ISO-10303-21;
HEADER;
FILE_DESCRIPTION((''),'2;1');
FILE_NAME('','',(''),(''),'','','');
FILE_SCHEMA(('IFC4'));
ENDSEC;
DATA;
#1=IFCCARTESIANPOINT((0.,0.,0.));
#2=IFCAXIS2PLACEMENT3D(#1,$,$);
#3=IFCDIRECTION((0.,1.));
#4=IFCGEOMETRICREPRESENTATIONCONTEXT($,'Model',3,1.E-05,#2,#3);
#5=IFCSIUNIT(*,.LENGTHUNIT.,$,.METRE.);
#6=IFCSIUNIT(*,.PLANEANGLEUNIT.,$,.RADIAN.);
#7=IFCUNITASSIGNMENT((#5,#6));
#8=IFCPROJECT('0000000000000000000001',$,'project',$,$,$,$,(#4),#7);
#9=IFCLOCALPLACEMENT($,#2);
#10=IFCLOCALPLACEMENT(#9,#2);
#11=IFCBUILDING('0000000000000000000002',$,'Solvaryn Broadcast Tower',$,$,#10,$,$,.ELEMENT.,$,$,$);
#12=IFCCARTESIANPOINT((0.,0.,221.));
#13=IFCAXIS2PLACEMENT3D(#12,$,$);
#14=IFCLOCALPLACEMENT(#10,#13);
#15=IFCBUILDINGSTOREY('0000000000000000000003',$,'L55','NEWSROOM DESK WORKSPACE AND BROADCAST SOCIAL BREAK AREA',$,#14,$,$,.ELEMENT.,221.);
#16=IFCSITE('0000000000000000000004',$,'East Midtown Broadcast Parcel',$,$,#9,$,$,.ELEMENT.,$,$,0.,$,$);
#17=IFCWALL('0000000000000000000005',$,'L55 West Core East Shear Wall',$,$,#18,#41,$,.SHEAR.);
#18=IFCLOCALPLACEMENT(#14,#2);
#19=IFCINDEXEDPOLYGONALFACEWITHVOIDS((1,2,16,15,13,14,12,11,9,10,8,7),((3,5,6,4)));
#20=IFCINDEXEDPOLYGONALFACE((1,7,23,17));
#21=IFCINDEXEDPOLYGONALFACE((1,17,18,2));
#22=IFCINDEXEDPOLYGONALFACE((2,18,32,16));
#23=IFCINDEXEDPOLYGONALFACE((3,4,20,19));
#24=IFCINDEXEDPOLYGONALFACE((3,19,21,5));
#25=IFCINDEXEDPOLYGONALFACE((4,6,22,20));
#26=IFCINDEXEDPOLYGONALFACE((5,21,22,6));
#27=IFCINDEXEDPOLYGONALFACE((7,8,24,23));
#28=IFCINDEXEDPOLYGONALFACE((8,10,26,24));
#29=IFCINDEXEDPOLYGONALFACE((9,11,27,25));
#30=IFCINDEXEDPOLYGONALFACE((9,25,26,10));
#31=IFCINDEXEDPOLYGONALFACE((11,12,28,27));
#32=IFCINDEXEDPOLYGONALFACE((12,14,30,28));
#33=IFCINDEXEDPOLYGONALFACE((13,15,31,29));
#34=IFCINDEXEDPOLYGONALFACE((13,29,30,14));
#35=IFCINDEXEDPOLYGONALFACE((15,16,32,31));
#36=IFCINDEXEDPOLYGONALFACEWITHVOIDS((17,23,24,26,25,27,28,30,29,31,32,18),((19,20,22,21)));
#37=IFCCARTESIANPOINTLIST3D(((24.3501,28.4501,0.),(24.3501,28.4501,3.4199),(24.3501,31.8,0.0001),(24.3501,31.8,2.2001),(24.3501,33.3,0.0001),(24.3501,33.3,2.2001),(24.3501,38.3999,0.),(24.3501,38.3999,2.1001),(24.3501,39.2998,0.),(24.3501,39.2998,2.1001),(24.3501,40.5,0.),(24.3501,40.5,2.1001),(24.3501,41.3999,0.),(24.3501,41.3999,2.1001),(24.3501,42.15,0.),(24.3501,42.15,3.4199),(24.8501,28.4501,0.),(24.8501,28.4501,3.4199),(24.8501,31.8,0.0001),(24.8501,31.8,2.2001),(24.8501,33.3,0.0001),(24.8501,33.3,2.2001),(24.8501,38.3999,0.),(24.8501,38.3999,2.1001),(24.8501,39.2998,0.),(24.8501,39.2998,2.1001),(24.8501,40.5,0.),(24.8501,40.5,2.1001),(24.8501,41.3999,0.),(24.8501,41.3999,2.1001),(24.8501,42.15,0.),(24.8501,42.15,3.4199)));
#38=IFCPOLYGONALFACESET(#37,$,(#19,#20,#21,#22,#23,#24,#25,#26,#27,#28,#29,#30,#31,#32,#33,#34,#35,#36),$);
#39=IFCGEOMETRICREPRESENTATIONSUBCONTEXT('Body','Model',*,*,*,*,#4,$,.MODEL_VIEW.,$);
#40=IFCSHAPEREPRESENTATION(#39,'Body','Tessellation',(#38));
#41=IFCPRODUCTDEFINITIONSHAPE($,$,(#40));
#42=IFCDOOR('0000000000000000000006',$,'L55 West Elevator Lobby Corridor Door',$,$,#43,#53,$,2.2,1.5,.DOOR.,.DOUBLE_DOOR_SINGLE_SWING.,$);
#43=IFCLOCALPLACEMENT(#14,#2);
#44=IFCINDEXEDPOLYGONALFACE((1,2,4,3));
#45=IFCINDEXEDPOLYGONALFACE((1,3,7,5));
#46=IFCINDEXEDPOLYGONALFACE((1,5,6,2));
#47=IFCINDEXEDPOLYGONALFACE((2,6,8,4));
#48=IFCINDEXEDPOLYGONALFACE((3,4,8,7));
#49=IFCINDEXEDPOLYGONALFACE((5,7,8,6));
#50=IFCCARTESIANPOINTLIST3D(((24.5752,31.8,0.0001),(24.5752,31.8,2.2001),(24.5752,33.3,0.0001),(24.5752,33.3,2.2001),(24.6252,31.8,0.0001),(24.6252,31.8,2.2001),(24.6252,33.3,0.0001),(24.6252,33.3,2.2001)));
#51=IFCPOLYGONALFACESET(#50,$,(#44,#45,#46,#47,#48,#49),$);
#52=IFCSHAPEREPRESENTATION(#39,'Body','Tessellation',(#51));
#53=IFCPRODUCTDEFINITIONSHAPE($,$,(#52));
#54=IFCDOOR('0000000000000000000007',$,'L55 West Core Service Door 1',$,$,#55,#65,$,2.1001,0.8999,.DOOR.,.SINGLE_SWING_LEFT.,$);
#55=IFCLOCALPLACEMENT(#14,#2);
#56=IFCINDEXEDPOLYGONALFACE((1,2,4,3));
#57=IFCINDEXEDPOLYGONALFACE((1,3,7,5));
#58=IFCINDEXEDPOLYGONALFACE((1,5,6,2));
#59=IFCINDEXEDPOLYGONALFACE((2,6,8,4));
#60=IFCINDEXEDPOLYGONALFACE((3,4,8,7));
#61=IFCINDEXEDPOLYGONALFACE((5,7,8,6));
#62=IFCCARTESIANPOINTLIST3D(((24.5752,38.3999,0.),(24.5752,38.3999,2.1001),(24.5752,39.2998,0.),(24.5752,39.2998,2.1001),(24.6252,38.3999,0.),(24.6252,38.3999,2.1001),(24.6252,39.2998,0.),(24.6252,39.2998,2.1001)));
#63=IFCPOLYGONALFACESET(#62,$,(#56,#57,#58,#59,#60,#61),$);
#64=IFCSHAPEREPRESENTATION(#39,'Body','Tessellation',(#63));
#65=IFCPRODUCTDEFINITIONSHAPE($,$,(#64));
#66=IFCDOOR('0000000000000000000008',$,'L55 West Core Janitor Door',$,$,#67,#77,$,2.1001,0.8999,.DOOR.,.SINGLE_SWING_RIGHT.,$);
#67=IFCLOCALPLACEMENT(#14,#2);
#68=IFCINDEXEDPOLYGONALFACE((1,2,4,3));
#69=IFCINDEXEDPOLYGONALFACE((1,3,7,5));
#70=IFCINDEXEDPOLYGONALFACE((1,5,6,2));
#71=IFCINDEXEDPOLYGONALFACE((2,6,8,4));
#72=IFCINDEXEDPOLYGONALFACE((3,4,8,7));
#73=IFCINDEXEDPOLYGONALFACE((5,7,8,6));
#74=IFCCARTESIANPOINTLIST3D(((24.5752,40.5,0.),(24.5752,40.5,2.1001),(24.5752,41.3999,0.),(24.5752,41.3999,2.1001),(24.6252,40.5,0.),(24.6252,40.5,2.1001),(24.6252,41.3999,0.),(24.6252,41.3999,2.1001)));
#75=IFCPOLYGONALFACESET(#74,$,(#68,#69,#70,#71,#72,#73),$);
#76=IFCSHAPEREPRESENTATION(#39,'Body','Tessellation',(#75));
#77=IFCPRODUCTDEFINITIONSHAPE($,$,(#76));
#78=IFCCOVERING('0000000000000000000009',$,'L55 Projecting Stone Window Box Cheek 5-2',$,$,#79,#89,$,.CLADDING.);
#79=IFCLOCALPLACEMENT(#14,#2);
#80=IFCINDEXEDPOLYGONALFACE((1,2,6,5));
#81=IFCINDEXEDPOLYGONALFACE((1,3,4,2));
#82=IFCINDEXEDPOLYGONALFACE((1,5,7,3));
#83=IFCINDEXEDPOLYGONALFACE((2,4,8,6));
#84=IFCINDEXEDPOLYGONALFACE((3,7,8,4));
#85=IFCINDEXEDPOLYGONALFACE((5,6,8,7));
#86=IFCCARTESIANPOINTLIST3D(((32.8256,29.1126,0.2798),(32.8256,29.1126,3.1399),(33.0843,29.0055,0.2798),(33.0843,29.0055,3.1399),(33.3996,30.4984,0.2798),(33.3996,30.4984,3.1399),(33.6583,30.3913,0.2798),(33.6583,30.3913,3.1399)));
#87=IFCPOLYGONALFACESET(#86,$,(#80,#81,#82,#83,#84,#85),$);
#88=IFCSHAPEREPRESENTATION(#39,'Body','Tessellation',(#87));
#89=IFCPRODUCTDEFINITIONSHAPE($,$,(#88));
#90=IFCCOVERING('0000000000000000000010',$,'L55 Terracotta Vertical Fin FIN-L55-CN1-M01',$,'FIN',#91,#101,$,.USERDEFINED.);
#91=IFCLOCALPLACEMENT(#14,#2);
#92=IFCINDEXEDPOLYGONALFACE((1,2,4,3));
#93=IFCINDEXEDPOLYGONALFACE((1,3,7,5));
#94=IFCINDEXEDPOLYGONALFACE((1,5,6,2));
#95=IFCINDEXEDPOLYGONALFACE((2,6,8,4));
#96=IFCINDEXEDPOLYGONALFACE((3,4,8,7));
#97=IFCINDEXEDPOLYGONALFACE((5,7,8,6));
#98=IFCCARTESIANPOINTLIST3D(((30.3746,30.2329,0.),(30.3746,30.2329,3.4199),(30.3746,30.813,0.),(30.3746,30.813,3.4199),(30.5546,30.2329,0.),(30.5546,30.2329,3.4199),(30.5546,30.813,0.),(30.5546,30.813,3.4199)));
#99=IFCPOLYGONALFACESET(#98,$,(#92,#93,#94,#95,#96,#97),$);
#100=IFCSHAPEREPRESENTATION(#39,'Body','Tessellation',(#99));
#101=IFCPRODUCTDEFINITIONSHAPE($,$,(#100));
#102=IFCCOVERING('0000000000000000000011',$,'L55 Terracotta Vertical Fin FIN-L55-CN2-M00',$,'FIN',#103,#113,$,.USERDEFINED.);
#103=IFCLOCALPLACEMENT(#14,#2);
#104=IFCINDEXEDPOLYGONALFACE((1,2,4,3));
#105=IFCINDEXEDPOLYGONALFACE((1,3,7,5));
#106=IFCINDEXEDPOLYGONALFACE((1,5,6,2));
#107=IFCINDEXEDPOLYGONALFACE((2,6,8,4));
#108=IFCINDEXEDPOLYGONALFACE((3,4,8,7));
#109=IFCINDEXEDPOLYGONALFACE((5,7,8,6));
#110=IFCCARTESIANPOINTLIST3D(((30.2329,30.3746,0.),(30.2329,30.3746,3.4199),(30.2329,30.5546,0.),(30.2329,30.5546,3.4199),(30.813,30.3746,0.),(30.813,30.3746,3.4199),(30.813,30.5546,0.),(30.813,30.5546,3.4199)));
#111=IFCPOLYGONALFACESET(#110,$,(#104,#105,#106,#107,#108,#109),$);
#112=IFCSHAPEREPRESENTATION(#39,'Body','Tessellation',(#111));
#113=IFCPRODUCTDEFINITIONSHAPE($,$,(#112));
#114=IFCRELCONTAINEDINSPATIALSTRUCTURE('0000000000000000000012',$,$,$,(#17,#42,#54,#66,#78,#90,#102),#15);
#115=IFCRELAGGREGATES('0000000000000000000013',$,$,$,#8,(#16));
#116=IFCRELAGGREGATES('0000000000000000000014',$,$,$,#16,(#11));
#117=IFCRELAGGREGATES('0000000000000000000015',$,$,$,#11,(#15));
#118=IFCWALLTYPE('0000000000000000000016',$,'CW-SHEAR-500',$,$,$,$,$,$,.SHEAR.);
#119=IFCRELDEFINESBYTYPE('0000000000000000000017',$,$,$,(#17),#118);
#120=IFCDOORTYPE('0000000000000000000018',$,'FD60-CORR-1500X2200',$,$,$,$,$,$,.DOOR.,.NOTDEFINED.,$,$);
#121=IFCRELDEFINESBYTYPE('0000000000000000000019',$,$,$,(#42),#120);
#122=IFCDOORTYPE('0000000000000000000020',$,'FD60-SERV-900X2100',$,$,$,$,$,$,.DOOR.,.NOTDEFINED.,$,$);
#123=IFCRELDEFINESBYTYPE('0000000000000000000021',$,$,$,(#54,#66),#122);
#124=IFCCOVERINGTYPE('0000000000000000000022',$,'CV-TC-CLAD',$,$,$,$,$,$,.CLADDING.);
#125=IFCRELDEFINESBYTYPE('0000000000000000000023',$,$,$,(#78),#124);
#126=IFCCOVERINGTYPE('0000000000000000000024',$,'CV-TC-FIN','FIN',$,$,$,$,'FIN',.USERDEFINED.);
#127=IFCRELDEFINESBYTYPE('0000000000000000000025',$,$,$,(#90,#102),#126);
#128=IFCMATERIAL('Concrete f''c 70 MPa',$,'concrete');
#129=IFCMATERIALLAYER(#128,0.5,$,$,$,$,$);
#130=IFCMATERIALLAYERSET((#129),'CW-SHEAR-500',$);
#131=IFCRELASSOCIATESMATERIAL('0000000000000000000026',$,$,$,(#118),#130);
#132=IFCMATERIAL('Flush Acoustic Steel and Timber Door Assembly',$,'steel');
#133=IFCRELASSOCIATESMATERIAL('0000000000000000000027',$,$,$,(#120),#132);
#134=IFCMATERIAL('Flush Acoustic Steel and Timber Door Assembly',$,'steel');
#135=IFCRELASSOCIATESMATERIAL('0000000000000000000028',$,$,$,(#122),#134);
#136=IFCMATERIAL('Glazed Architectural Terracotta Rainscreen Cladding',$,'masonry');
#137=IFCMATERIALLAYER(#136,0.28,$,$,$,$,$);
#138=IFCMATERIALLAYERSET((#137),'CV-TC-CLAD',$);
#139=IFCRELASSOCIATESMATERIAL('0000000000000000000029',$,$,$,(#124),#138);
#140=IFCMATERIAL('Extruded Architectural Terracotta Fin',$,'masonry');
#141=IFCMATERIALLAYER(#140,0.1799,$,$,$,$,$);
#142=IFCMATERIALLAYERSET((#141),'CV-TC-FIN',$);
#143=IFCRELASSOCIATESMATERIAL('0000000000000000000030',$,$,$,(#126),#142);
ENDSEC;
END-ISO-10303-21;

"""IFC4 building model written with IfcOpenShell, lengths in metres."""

from ifc_helpers import new_model, si_unit, direction, frame, frame_2d, origin, origin_2d, place, context, subcontext, project, spatial, rectangle, extrude, material, layer, layer_set, type_object, element, fill, save


model = new_model("IFC4")

# Units and contexts
model_context = context("Model", 3, precision=1e-05, world=origin(), true_north=direction((0.0, 1.0)))
body_context = subcontext(model_context, "Body", "Model", "MODEL_VIEW")
ifc_project = project(units=[si_unit("LENGTHUNIT", "METRE"), si_unit("PLANEANGLEUNIT", "RADIAN")], contexts=[model_context])

# Site, building, storey
site_placement = place(None, origin())
site = spatial("IfcSite", under=ifc_project, at=site_placement, Name="East Midtown Broadcast Parcel", CompositionType="ELEMENT", RefElevation=0.0)
building_placement = place(site_placement, origin())
building = spatial("IfcBuilding", under=site, at=building_placement, Name="Solvaryn Broadcast Tower", CompositionType="ELEMENT")
storey_placement = place(building_placement, frame((0.0, 0.0, 221.0)))
storey = spatial("IfcBuildingStorey", under=building, at=storey_placement, Name="L55", Description="NEWSROOM DESK WORKSPACE AND BROADCAST SOCIAL BREAK AREA", CompositionType="ELEMENT", Elevation=221.0)

# Wall, openings, doors
ifc_material_1 = material(Name="Concrete f'c 70 MPa", Category="concrete")
ifc_layer_1 = layer(ifc_material_1, 0.5)
ifc_layer_set_1 = layer_set([ifc_layer_1], Name="CW-SHEAR-500")
wall_type_1 = type_object("IfcWallType", Name="CW-SHEAR-500", PredefinedType="SHEAR", material=ifc_layer_set_1)
wall_1_placement = place(storey_placement, frame((24.6001, 28.45, 0.0), z_axis=(0.0, 0.0, 1.0), x_axis=(0.0, 1.0, 0.0)))
wall_1 = element("IfcWall", 1, at=wall_1_placement, inside=storey, type_object=wall_type_1, Name="L55 West Core East Shear Wall", PredefinedType="SHEAR", context=body_context, shape_type="SweptSolid", body=[
    extrude(rectangle(XDim=13.7, YDim=0.5, at=frame_2d((6.8501, 0.0))), origin(), (0.0, 0.0, 1.0), 3.4199),
])
opening_1_placement = place(wall_1_placement, frame((3.3501, 0.0, 0.0)))
opening_1 = element("IfcOpeningElement", 2, at=opening_1_placement, cuts=wall_1, PredefinedType="OPENING", context=body_context, shape_type="SweptSolid", body=[
    extrude(rectangle(XDim=1.5, YDim=2.2, at=frame_2d((0.75, 1.1001))), frame((0.0, 0.26, 0.0), z_axis=(0.0, -1.0, 0.0), x_axis=(1.0, 0.0, 0.0)), (0.0, 0.0, 1.0), 0.52),
])
opening_2_placement = place(wall_1_placement, frame((9.95, 0.0, 0.0)))
opening_2 = element("IfcOpeningElement", 3, at=opening_2_placement, cuts=wall_1, PredefinedType="OPENING", context=body_context, shape_type="SweptSolid", body=[
    extrude(rectangle(XDim=0.8999, YDim=2.1001, at=frame_2d((0.45, 1.05))), frame((0.0, 0.26, 0.0), z_axis=(0.0, -1.0, 0.0), x_axis=(1.0, 0.0, 0.0)), (0.0, 0.0, 1.0), 0.52),
])
opening_3_placement = place(wall_1_placement, frame((12.05, 0.0, 0.0)))
opening_3 = element("IfcOpeningElement", 4, at=opening_3_placement, cuts=wall_1, PredefinedType="OPENING", context=body_context, shape_type="SweptSolid", body=[
    extrude(rectangle(XDim=0.8999, YDim=2.1001, at=frame_2d((0.45, 1.05))), frame((0.0, 0.26, 0.0), z_axis=(0.0, -1.0, 0.0), x_axis=(1.0, 0.0, 0.0)), (0.0, 0.0, 1.0), 0.52),
])
ifc_material_2 = material(Name="Flush Acoustic Steel and Timber Door Assembly", Category="steel")
door_type_1 = type_object("IfcDoorType", Name="FD60-CORR-1500X2200", OperationType="NOTDEFINED", PredefinedType="DOOR", material=ifc_material_2)
door_1_placement = place(opening_1_placement, origin())
door_1 = element("IfcDoor", 5, at=door_1_placement, inside=storey, type_object=door_type_1, Name="L55 West Elevator Lobby Corridor Door", OperationType="DOUBLE_DOOR_SINGLE_SWING", OverallHeight=2.2, OverallWidth=1.5, PredefinedType="DOOR", context=body_context, shape_type="SweptSolid", body=[
    extrude(rectangle(XDim=1.5, YDim=2.2, at=frame_2d((0.75, 1.1001))), frame((0.0, 0.0249, 0.0), z_axis=(0.0, -1.0, 0.0), x_axis=(1.0, 0.0, 0.0)), (0.0, 0.0, 1.0), 0.05),
])
fill(opening_1, door_1)
ifc_material_3 = material(Name="Flush Acoustic Steel and Timber Door Assembly", Category="steel")
door_type_2 = type_object("IfcDoorType", Name="FD60-SERV-900X2100", OperationType="NOTDEFINED", PredefinedType="DOOR", material=ifc_material_3)
door_2_placement = place(opening_2_placement, origin())
door_2 = element("IfcDoor", 6, at=door_2_placement, inside=storey, type_object=door_type_2, Name="L55 West Core Service Door 1", OperationType="SINGLE_SWING_LEFT", OverallHeight=2.1001, OverallWidth=0.8999, PredefinedType="DOOR", context=body_context, shape_type="SweptSolid", body=[
    extrude(rectangle(XDim=0.8999, YDim=2.1001, at=frame_2d((0.45, 1.05))), frame((0.0, 0.0249, 0.0), z_axis=(0.0, -1.0, 0.0), x_axis=(1.0, 0.0, 0.0)), (0.0, 0.0, 1.0), 0.05),
])
fill(opening_2, door_2)
door_3_placement = place(opening_3_placement, origin())
door_3 = element("IfcDoor", 7, at=door_3_placement, inside=storey, type_object=door_type_2, Name="L55 West Core Janitor Door", OperationType="SINGLE_SWING_RIGHT", OverallHeight=2.1001, OverallWidth=0.8999, PredefinedType="DOOR", context=body_context, shape_type="SweptSolid", body=[
    extrude(rectangle(XDim=0.8999, YDim=2.1001, at=frame_2d((0.45, 1.05))), frame((0.0, 0.0249, 0.0), z_axis=(0.0, -1.0, 0.0), x_axis=(1.0, 0.0, 0.0)), (0.0, 0.0, 1.0), 0.05),
])
fill(opening_3, door_3)

# Coverings
ifc_material_4 = material(Name="Glazed Architectural Terracotta Rainscreen Cladding", Category="masonry")
ifc_layer_2 = layer(ifc_material_4, 0.28)
ifc_layer_set_2 = layer_set([ifc_layer_2], Name="CV-TC-CLAD")
covering_type_1 = type_object("IfcCoveringType", Name="CV-TC-CLAD", PredefinedType="CLADDING", material=ifc_layer_set_2)
covering_1_placement = place(storey_placement, frame((33.2419, 29.752, 0.2798), z_axis=(0.0, 0.0, 1.0), x_axis=(-0.92388, 0.382683, 0.0)))
element("IfcCovering", 8, at=covering_1_placement, inside=storey, type_object=covering_type_1, Name="L55 Projecting Stone Window Box Cheek 5-2", PredefinedType="CLADDING", context=body_context, shape_type="SweptSolid", body=[
    extrude(rectangle(XDim=0.28, YDim=1.5, at=origin_2d()), origin(), (0.0, 0.0, 1.0), 2.8601),
])
ifc_material_5 = material(Name="Extruded Architectural Terracotta Fin", Category="masonry")
ifc_layer_3 = layer(ifc_material_5, 0.1799)
ifc_layer_set_3 = layer_set([ifc_layer_3], Name="CV-TC-FIN")
covering_type_2 = type_object("IfcCoveringType", Name="CV-TC-FIN", Description="FIN", ElementType="FIN", PredefinedType="USERDEFINED", material=ifc_layer_set_3)
covering_2_placement = place(storey_placement, frame((30.4646, 30.5229, 0.0), z_axis=(0.0, 0.0, 1.0), x_axis=(1.0, 0.0, 0.0)))
element("IfcCovering", 9, at=covering_2_placement, inside=storey, type_object=covering_type_2, Name="L55 Terracotta Vertical Fin FIN-L55-CN1-M01", ObjectType="FIN", PredefinedType="USERDEFINED", context=body_context, shape_type="SweptSolid", body=[
    extrude(rectangle(XDim=0.1799, YDim=0.5801, at=origin_2d()), origin(), (0.0, 0.0, 1.0), 3.4199),
])
covering_3_placement = place(storey_placement, frame((30.5229, 30.4646, 0.0), z_axis=(0.0, 0.0, 1.0), x_axis=(1.0, 0.0, 0.0)))
element("IfcCovering", 10, at=covering_3_placement, inside=storey, type_object=covering_type_2, Name="L55 Terracotta Vertical Fin FIN-L55-CN2-M00", ObjectType="FIN", PredefinedType="USERDEFINED", context=body_context, shape_type="SweptSolid", body=[
    extrude(rectangle(XDim=0.5801, YDim=0.1799, at=origin_2d()), origin(), (0.0, 0.0, 1.0), 3.4199),
])

save(model, "model.ifc")
